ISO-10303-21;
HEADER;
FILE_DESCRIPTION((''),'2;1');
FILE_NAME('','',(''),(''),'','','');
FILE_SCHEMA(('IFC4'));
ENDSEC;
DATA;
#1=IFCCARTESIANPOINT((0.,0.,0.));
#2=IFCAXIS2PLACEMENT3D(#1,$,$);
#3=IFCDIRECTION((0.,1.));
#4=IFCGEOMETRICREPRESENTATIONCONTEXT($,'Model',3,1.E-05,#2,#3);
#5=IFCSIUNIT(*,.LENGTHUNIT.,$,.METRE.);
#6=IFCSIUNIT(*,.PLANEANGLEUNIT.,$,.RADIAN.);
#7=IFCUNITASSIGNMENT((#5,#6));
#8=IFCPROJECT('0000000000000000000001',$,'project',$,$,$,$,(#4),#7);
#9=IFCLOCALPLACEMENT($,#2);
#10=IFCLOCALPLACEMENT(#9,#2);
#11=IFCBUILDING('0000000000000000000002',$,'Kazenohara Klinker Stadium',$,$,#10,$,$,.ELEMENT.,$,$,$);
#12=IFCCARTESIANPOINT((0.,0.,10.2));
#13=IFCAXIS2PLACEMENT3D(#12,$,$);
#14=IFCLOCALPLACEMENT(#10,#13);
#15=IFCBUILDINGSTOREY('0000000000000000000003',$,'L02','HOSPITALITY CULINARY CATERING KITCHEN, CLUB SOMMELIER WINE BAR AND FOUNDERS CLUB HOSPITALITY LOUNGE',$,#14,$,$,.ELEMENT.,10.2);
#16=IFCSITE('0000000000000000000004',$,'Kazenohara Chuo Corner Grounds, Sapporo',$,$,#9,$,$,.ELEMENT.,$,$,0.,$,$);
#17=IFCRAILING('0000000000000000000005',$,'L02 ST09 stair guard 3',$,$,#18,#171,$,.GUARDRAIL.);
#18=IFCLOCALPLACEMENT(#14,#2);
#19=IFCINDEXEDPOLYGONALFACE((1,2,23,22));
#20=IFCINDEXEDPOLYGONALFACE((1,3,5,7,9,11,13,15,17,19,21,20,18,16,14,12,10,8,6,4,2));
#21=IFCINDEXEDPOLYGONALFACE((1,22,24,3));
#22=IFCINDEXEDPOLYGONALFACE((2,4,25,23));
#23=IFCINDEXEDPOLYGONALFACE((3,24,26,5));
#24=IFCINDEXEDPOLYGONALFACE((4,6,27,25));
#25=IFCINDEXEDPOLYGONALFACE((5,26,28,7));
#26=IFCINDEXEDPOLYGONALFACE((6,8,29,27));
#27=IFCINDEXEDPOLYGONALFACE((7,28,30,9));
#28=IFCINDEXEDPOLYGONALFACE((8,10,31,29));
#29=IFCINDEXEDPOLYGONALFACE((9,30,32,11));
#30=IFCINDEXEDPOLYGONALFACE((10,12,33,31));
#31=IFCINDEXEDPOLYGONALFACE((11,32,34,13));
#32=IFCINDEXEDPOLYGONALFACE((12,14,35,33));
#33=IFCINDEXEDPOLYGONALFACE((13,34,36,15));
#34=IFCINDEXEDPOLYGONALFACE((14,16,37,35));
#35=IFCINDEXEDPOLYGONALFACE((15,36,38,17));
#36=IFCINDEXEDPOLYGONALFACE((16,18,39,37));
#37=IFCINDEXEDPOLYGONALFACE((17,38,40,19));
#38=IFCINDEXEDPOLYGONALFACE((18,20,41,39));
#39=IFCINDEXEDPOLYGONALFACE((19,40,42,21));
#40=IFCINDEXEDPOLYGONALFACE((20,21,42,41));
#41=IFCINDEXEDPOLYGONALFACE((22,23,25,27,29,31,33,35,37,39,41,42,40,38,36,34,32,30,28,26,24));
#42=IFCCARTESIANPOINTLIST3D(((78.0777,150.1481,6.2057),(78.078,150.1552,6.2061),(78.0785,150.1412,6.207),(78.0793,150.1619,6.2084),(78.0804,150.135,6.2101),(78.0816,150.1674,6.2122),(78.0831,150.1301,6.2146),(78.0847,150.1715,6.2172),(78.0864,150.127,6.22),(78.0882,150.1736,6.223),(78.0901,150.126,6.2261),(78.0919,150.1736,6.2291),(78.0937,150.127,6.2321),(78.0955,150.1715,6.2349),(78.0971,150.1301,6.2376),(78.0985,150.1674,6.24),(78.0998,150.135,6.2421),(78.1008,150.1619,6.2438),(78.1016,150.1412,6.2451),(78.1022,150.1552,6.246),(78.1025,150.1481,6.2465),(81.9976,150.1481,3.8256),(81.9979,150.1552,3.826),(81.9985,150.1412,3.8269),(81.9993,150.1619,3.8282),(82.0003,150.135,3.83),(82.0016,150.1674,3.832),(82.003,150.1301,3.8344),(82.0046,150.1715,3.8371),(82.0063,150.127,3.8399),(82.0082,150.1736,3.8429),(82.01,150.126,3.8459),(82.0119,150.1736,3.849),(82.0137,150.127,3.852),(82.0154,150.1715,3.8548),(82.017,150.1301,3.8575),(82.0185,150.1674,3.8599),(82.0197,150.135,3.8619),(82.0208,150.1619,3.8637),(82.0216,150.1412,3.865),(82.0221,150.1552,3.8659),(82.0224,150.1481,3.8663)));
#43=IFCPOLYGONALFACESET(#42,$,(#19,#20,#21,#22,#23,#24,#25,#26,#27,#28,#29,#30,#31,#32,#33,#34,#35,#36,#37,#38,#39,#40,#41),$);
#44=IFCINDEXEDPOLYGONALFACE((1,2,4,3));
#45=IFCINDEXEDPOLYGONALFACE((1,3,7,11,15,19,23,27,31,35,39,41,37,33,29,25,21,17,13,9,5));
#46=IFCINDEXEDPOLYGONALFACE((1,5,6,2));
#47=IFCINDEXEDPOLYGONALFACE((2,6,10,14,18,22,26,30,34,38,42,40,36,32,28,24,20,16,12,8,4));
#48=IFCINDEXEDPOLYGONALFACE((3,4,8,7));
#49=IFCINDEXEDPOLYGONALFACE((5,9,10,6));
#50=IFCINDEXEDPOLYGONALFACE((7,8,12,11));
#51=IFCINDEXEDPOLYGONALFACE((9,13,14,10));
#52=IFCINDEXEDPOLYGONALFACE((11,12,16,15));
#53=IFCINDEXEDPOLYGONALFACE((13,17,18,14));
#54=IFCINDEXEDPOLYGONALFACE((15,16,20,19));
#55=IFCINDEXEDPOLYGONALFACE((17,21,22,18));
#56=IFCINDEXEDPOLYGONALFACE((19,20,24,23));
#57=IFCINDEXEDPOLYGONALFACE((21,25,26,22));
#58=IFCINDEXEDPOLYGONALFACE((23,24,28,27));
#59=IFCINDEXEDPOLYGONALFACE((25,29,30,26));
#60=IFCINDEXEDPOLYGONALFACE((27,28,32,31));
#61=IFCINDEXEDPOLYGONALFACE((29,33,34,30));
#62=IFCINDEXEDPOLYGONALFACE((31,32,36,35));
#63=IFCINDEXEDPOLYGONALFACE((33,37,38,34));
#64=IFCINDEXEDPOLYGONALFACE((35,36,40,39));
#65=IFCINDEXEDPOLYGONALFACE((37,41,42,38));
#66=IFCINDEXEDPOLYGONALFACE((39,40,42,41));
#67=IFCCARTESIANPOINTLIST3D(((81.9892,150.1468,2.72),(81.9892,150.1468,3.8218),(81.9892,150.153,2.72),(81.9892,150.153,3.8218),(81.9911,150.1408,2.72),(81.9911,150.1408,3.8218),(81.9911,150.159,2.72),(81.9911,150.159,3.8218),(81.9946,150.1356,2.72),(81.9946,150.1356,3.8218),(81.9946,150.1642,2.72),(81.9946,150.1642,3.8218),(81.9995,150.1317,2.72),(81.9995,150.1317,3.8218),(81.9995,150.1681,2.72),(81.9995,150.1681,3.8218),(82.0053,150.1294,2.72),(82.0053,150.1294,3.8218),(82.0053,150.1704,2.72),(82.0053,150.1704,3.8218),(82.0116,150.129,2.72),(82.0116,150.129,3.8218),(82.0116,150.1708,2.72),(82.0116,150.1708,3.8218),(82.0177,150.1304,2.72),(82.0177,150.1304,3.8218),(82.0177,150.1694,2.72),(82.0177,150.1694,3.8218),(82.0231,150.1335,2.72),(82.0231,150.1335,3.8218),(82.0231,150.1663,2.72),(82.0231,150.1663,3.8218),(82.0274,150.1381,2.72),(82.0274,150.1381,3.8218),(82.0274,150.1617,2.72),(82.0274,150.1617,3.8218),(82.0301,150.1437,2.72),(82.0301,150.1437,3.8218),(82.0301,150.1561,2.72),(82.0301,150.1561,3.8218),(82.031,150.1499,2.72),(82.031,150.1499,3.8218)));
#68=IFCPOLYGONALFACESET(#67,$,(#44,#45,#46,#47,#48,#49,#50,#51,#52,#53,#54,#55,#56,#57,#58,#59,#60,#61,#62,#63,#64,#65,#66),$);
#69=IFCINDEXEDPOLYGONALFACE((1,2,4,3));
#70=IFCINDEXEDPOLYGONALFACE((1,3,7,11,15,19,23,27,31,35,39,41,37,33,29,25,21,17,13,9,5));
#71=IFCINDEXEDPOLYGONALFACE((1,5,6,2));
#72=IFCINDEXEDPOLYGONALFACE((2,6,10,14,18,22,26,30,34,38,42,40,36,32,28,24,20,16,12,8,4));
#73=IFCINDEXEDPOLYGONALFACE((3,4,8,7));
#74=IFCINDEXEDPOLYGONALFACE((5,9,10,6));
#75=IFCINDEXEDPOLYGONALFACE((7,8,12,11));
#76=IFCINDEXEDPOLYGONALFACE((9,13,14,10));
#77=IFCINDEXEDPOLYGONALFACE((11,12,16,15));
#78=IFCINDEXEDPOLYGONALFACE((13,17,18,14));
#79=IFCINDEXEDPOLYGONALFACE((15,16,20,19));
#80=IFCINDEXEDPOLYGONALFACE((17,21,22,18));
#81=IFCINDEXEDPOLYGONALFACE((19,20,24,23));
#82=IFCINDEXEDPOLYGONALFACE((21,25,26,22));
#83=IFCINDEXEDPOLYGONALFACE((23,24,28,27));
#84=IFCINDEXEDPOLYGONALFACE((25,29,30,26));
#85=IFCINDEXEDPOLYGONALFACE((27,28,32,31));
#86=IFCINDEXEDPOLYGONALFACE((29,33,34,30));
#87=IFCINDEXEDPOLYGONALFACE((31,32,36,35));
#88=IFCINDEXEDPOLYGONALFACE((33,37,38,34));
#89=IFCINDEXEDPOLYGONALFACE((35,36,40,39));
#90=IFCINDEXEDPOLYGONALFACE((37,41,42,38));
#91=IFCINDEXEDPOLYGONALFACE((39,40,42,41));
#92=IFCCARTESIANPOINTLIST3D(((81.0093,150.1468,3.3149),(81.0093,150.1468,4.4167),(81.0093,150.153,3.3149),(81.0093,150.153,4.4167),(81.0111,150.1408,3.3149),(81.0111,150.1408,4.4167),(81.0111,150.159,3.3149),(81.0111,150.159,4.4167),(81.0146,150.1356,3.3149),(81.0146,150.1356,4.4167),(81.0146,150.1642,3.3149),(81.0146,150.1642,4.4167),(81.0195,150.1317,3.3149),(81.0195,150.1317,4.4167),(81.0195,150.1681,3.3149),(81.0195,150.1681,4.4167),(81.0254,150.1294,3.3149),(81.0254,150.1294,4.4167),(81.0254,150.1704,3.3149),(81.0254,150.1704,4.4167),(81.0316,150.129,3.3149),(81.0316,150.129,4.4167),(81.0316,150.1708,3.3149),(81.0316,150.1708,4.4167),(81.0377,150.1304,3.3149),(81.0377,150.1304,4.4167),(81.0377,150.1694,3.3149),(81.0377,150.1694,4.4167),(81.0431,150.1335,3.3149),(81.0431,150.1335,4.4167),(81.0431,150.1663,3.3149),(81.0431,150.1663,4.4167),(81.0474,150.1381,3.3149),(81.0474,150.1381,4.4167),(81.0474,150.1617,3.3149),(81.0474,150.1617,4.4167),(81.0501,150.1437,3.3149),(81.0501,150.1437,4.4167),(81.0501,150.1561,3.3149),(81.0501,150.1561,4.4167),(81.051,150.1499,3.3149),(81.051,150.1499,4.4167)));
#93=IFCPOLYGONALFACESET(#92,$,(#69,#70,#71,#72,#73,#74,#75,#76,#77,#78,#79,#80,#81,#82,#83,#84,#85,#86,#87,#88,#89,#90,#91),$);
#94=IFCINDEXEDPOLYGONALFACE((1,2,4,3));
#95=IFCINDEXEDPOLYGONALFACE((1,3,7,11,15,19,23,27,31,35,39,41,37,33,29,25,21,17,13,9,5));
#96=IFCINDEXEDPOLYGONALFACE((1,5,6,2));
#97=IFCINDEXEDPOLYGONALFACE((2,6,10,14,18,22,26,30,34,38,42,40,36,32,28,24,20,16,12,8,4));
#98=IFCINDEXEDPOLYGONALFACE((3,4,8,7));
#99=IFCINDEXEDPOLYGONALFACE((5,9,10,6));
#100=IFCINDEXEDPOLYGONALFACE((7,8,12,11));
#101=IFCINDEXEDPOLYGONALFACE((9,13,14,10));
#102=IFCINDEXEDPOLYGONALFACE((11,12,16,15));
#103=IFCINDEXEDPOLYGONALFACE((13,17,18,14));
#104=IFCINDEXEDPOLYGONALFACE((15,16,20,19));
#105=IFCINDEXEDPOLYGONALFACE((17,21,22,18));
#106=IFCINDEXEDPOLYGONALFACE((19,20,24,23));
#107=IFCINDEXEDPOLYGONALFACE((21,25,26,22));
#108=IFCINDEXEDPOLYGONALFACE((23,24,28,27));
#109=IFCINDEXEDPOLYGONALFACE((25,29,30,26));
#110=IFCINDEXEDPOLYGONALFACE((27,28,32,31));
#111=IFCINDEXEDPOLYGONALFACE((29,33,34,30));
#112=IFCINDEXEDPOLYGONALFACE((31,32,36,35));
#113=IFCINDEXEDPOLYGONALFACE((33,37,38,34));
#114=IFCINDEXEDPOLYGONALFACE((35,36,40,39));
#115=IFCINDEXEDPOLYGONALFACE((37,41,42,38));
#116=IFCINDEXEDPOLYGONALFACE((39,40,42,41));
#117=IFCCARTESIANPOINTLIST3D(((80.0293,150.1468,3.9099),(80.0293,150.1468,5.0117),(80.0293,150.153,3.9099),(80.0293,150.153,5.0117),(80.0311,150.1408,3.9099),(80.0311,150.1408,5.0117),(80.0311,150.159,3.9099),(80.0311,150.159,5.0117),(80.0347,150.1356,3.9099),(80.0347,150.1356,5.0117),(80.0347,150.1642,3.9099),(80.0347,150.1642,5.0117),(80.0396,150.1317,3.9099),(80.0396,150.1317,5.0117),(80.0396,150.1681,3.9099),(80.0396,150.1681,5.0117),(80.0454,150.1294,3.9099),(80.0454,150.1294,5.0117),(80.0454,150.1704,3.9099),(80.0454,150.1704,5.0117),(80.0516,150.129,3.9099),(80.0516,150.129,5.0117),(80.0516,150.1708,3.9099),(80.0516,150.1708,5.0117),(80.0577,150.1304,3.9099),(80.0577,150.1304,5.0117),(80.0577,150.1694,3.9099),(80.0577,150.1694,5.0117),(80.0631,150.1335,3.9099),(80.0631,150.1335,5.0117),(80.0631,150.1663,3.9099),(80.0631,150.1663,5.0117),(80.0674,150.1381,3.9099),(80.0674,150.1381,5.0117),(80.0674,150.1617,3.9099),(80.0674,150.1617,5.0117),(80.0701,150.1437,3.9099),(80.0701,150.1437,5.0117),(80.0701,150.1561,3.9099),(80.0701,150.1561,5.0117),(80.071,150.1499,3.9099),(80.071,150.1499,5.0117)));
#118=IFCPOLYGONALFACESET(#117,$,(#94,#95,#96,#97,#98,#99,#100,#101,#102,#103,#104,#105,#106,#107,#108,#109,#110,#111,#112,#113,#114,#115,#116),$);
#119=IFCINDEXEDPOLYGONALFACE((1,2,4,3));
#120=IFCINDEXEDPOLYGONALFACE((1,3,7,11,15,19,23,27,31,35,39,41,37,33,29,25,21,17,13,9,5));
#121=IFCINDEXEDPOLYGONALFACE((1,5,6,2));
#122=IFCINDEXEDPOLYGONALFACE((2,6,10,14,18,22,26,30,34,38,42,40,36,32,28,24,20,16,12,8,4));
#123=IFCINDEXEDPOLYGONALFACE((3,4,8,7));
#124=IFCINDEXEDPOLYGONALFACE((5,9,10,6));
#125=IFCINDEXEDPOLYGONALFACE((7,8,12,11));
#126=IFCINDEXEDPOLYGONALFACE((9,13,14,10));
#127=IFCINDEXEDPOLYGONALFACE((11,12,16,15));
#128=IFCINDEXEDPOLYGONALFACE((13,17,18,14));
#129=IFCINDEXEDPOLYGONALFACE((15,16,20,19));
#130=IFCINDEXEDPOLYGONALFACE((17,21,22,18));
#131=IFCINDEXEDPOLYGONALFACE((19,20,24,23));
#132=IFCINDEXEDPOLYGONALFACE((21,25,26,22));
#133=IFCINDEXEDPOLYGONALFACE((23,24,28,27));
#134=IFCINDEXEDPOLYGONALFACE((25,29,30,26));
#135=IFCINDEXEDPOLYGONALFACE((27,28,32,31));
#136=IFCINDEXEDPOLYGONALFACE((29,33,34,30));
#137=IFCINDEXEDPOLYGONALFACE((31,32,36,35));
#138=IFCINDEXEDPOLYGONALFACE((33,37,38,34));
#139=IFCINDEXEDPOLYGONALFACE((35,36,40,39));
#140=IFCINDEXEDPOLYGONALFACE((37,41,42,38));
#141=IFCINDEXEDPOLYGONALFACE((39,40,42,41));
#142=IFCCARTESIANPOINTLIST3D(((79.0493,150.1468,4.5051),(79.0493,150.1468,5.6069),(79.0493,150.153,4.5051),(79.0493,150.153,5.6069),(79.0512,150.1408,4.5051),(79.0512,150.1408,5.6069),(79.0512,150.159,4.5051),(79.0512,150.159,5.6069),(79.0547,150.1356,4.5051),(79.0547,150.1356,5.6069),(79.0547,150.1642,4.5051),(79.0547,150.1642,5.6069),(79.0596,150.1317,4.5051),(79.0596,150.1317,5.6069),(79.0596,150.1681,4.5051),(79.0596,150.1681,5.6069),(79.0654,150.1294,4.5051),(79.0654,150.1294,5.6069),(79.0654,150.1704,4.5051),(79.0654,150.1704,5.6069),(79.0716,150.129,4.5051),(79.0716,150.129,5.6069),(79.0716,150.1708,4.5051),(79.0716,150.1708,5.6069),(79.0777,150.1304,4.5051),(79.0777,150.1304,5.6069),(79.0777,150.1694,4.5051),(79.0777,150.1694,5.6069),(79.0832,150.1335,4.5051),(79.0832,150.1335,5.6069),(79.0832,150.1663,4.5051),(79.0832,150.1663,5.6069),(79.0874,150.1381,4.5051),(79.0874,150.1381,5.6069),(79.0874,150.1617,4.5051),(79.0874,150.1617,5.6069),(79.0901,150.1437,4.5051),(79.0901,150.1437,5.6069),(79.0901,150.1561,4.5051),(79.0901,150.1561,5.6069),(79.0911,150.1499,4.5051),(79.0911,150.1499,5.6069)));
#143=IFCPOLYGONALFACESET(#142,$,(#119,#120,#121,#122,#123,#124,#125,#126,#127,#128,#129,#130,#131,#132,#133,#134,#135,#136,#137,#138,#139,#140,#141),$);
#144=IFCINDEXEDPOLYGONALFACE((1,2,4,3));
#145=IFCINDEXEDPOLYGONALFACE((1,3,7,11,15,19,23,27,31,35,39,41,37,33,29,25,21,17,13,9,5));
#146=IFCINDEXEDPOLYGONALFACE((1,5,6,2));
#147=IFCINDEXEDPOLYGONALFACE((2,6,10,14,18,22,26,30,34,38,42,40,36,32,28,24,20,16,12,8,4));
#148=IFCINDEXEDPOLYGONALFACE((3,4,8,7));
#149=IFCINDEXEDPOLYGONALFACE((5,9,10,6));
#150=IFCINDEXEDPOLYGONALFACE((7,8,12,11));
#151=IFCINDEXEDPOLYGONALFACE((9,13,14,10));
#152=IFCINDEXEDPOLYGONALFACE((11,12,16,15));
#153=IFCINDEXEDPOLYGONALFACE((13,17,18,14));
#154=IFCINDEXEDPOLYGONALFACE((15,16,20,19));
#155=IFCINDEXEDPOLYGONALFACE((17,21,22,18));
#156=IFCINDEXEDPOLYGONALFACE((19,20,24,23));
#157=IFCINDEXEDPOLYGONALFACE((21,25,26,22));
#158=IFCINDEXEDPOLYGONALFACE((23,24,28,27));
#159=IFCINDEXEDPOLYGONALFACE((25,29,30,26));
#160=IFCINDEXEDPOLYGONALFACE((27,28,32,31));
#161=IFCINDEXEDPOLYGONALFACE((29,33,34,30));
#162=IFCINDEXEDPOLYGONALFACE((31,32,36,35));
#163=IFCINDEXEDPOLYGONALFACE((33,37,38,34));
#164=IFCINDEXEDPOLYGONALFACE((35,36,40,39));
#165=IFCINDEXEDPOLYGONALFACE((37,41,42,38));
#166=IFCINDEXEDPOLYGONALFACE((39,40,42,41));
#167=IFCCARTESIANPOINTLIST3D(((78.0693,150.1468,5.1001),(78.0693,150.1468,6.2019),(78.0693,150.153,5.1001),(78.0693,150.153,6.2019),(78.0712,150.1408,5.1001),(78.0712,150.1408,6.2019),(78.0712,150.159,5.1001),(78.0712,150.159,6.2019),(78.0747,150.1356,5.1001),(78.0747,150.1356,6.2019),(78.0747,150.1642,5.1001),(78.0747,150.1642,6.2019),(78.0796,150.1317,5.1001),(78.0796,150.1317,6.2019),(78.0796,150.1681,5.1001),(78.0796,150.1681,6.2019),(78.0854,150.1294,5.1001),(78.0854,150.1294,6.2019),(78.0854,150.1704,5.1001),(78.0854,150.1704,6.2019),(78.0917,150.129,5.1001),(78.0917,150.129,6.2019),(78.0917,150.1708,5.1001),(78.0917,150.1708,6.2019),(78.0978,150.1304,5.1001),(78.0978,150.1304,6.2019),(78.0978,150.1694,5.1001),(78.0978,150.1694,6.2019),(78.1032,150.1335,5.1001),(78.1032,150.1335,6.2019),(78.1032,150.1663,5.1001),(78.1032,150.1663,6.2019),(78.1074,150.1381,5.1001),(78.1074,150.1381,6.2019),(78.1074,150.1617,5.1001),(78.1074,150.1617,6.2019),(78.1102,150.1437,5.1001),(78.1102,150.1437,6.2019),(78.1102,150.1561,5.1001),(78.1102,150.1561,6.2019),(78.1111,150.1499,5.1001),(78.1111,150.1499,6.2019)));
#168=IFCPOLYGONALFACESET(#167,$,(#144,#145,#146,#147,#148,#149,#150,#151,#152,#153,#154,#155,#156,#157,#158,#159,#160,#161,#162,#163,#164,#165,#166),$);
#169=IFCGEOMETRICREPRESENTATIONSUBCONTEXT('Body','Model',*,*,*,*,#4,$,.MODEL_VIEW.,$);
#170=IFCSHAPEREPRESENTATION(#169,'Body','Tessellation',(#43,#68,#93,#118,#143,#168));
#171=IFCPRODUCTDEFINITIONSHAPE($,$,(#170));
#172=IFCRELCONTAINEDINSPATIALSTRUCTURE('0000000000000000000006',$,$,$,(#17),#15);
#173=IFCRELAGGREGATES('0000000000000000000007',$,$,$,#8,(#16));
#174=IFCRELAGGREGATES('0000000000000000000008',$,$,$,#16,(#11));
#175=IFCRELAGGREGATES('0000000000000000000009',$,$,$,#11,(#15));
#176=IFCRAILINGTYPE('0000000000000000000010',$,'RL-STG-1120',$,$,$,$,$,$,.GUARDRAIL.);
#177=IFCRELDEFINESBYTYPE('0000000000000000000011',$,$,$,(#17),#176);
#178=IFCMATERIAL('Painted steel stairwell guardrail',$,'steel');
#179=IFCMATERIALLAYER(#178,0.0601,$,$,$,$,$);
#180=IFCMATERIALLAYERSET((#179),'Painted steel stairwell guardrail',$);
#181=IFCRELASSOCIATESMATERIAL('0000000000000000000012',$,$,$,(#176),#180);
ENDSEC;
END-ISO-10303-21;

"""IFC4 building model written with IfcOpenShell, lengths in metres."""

from ifc_helpers import new_model, si_unit, direction, frame, origin, origin_2d, place, context, subcontext, project, spatial, circle, extrude, material, layer, layer_set, type_object, element, save


model = new_model("IFC4")

# Units and contexts
model_context = context("Model", 3, precision=1e-05, world=origin(), true_north=direction((0.0, 1.0)))
body_context = subcontext(model_context, "Body", "Model", "MODEL_VIEW")
ifc_project = project(units=[si_unit("LENGTHUNIT", "METRE"), si_unit("PLANEANGLEUNIT", "RADIAN")], contexts=[model_context])

# Site, building, storey
site_placement = place(None, origin())
site = spatial("IfcSite", under=ifc_project, at=site_placement, Name="Kazenohara Chuo Corner Grounds, Sapporo", CompositionType="ELEMENT", RefElevation=0.0)
building_placement = place(site_placement, origin())
building = spatial("IfcBuilding", under=site, at=building_placement, Name="Kazenohara Klinker Stadium", CompositionType="ELEMENT")
storey_placement = place(building_placement, frame((0.0, 0.0, 10.2)))
storey = spatial("IfcBuildingStorey", under=building, at=storey_placement, Name="L02", Description="HOSPITALITY CULINARY CATERING KITCHEN, CLUB SOMMELIER WINE BAR AND FOUNDERS CLUB HOSPITALITY LOUNGE", CompositionType="ELEMENT", Elevation=10.2)

# Railing
ifc_material_1 = material(Name="Painted steel stairwell guardrail", Category="steel")
ifc_layer_1 = layer(ifc_material_1, 0.0601)
ifc_layer_set_1 = layer_set([ifc_layer_1], Name="Painted steel stairwell guardrail")
railing_type_1 = type_object("IfcRailingType", Name="RL-STG-1120", PredefinedType="GUARDRAIL", material=ifc_layer_set_1)
railing_1_placement = place(storey_placement, frame((82.01, 150.1499, 2.72)))
element("IfcRailing", 1, at=railing_1_placement, inside=storey, type_object=railing_type_1, Name="L02 ST09 stair guard 3", PredefinedType="GUARDRAIL", context=body_context, shape_type="SweptSolid", body=[
    extrude(circle(Radius=0.0239, at=origin_2d()), frame((0.0, 0.0, 1.126), z_axis=(-0.854771, 0.0, 0.519006), x_axis=(0.0, -1.0, 0.0)), (0.0, 0.0, 1.0), 4.5859),
    extrude(circle(Radius=0.021, at=origin_2d()), origin(), (0.0, 0.0, 1.0), 1.1018),
    extrude(circle(Radius=0.021, at=origin_2d()), frame((-0.98, 0.0, 0.595)), (0.0, 0.0, 1.0), 1.1018),
    extrude(circle(Radius=0.021, at=origin_2d()), frame((-1.96, 0.0, 1.1899)), (0.0, 0.0, 1.0), 1.1018),
    extrude(circle(Radius=0.021, at=origin_2d()), frame((-2.9399, 0.0, 1.7852)), (0.0, 0.0, 1.0), 1.1018),
    extrude(circle(Radius=0.021, at=origin_2d()), frame((-3.9199, 0.0, 2.3801)), (0.0, 0.0, 1.0), 1.1018),
])

save(model, "model.ifc")
